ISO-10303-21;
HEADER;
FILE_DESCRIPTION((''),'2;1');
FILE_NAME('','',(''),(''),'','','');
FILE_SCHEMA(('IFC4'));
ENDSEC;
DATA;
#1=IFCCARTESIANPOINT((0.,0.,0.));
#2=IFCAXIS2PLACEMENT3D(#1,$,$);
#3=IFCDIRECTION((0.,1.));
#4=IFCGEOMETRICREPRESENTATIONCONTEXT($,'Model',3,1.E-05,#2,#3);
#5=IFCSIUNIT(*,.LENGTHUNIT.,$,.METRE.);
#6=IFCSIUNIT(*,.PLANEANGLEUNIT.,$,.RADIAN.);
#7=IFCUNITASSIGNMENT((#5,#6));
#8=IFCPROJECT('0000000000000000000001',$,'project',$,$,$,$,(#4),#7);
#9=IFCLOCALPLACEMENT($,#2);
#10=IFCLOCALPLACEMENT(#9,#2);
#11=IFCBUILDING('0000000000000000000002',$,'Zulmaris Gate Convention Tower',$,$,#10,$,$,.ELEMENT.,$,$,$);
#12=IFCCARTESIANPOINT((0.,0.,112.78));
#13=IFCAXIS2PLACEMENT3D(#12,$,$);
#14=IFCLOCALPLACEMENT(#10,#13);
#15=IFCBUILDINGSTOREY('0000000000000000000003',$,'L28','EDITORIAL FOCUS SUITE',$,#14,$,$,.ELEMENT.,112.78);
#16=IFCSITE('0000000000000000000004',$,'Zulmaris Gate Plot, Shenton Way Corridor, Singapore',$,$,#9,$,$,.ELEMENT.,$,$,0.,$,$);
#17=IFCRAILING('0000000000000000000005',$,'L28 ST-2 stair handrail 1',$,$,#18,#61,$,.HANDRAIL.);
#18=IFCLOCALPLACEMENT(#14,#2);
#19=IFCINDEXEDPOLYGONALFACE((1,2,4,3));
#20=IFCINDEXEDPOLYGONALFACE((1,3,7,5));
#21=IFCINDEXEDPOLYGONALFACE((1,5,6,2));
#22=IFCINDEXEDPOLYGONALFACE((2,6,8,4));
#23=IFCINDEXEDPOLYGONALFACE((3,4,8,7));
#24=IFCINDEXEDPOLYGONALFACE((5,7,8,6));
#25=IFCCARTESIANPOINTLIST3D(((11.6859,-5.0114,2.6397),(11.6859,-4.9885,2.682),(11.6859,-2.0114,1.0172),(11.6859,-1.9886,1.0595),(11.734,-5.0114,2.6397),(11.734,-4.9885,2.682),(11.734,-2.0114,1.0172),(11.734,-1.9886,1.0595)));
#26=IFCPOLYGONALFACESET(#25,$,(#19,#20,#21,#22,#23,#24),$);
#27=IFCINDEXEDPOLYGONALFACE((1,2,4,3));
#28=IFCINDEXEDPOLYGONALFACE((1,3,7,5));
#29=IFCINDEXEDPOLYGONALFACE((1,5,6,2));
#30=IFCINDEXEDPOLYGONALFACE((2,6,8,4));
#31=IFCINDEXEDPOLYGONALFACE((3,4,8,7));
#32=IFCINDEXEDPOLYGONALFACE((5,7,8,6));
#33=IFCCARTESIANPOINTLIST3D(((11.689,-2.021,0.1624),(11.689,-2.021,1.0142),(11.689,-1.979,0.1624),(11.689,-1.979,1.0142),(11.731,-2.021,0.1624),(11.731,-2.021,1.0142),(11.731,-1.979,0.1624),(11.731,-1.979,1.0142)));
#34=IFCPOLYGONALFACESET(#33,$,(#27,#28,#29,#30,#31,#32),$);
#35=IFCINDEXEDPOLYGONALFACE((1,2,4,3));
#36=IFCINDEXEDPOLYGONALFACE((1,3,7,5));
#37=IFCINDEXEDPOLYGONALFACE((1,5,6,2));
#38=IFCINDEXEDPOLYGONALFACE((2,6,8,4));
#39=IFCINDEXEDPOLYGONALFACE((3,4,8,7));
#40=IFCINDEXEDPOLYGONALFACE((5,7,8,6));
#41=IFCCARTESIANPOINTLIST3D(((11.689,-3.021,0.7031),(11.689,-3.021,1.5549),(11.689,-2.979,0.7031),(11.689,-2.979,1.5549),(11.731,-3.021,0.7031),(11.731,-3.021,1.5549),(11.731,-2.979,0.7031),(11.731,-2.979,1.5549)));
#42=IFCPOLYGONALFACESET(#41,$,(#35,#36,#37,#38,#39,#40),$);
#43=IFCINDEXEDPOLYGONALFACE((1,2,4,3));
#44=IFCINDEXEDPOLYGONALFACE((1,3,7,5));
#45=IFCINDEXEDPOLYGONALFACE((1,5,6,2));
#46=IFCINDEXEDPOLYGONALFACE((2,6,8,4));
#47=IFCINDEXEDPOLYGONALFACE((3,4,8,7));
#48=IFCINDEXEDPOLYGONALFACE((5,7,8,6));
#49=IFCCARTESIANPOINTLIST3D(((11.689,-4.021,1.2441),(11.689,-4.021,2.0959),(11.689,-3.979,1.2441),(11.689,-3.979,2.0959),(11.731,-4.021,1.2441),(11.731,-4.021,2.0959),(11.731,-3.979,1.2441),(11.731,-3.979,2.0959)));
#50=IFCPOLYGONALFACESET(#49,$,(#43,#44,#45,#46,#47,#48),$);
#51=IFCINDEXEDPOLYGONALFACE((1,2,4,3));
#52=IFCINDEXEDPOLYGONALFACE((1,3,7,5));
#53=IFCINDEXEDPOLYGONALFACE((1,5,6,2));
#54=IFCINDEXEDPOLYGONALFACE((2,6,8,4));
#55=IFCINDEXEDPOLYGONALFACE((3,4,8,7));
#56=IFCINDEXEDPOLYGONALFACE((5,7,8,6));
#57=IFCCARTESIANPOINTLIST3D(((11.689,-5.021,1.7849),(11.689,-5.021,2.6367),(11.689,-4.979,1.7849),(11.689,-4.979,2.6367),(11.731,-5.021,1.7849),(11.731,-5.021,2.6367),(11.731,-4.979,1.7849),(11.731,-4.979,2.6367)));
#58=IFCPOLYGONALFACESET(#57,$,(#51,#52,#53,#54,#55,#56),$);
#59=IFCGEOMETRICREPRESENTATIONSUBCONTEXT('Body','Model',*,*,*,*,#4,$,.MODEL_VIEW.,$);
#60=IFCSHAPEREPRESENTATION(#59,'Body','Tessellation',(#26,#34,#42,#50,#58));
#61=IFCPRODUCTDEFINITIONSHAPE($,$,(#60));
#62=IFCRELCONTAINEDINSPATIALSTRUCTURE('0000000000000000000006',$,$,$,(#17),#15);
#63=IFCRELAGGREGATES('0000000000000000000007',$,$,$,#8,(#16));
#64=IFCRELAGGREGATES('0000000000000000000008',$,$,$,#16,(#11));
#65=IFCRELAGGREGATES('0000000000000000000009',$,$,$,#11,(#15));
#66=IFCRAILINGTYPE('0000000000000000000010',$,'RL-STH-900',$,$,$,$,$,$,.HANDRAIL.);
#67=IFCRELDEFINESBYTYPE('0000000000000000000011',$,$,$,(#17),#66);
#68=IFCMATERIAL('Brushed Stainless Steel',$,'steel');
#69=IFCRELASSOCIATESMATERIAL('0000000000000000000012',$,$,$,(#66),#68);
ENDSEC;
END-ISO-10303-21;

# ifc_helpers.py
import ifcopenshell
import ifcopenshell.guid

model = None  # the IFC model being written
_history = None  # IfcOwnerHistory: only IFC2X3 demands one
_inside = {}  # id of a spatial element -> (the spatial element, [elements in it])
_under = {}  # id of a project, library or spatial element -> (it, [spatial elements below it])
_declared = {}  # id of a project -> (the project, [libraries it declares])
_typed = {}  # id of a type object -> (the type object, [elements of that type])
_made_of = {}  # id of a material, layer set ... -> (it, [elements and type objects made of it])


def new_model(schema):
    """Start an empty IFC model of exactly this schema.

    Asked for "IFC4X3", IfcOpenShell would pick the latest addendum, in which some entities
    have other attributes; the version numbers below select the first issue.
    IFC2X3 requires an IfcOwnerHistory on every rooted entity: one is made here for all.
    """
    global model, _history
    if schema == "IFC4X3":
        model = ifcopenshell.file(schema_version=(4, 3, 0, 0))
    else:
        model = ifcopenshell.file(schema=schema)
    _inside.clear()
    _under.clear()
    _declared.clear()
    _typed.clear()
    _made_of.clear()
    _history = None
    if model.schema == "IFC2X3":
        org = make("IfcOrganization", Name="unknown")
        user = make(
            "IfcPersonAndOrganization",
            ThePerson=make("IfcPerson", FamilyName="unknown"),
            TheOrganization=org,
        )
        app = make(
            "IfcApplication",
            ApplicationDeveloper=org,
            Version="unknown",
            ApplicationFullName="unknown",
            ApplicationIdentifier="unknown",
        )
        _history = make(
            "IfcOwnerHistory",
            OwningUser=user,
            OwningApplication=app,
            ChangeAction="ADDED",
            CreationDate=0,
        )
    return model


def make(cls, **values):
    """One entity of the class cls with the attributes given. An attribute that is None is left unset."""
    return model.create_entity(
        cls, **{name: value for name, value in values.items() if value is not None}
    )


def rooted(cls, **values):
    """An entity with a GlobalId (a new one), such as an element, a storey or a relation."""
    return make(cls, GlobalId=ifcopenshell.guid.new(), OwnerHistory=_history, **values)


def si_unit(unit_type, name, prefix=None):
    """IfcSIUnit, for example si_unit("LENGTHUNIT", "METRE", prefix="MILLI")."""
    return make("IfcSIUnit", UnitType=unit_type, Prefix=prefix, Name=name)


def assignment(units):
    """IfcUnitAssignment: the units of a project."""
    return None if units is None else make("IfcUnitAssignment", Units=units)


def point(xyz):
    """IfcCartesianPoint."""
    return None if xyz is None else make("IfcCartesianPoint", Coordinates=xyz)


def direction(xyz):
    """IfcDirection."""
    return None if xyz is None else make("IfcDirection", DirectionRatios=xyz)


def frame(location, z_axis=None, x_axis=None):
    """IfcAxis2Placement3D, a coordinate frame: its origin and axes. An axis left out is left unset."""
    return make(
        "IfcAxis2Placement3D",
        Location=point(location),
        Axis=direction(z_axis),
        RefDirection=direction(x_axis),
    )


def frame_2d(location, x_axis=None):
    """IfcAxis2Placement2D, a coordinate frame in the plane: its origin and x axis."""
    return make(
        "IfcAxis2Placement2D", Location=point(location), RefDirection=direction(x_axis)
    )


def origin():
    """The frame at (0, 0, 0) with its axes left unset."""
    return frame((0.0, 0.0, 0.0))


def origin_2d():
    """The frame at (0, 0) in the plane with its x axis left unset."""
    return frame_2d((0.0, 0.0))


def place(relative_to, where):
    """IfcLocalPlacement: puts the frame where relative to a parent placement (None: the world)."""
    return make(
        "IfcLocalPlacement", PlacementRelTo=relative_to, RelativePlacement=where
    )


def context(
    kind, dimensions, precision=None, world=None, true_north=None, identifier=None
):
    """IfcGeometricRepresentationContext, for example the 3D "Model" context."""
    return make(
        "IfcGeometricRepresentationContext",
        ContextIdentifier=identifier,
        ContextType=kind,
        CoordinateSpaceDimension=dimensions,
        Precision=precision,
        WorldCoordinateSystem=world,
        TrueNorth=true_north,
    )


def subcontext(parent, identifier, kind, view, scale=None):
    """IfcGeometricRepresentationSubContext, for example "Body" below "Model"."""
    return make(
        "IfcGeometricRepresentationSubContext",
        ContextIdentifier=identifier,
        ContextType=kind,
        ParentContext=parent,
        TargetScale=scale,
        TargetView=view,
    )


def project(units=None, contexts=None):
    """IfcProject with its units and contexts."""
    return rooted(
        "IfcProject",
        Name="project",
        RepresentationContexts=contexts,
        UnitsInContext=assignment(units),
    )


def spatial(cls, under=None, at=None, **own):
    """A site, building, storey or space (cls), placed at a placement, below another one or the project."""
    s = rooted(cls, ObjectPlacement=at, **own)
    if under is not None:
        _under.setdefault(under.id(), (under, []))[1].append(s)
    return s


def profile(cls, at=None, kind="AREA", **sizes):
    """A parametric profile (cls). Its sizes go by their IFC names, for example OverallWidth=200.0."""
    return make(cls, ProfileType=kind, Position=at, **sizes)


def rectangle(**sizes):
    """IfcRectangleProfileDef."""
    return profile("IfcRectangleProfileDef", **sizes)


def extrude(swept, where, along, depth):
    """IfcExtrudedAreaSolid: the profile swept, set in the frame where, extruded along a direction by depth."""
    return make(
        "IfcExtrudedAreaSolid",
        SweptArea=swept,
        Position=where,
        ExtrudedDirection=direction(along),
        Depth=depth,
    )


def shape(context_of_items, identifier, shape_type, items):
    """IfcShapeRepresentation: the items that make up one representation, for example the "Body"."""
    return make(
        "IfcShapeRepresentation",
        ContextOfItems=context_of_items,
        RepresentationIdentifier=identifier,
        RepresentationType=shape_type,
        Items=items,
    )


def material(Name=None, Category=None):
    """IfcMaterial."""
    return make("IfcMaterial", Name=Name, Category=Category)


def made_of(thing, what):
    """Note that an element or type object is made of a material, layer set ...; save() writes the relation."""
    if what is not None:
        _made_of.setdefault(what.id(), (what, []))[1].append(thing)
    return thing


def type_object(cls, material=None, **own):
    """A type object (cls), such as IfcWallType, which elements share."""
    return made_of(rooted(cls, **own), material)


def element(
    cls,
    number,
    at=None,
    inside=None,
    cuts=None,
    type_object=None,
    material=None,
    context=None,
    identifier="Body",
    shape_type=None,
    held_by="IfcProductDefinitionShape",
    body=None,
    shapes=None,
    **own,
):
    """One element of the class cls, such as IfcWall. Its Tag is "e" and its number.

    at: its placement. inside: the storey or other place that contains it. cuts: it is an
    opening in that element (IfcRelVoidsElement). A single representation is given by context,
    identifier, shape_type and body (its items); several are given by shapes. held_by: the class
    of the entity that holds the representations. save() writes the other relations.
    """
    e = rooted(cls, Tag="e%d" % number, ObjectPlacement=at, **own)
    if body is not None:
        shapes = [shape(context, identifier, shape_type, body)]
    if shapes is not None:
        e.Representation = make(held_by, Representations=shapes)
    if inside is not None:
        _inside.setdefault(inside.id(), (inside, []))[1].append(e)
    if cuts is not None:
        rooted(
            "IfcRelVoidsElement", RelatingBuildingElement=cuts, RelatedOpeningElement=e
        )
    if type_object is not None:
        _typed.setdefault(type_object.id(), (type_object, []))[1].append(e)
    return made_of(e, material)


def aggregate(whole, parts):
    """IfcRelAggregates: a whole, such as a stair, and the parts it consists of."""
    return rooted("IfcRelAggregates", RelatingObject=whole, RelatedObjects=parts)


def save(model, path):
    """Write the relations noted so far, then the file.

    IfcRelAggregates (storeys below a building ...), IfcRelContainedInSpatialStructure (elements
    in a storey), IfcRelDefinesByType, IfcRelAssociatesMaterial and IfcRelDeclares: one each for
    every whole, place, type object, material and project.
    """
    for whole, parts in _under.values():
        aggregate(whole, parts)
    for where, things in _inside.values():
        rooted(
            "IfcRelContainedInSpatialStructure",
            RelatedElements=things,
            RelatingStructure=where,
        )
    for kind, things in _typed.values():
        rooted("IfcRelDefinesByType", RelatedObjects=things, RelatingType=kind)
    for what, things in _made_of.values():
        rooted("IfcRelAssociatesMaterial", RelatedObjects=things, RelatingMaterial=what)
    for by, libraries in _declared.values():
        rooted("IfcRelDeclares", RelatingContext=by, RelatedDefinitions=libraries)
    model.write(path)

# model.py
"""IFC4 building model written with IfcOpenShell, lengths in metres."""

from ifc_helpers import new_model, si_unit, direction, frame, origin, origin_2d, place, context, subcontext, project, spatial, rectangle, extrude, material, type_object, element, save


model = new_model("IFC4")

# Units and contexts
model_context = context("Model", 3, precision=1e-05, world=origin(), true_north=direction((0.0, 1.0)))
body_context = subcontext(model_context, "Body", "Model", "MODEL_VIEW")
ifc_project = project(units=[si_unit("LENGTHUNIT", "METRE"), si_unit("PLANEANGLEUNIT", "RADIAN")], contexts=[model_context])

# Site, building, storey
site_placement = place(None, origin())
site = spatial("IfcSite", under=ifc_project, at=site_placement, Name="Zulmaris Gate Plot, Shenton Way Corridor, Singapore", CompositionType="ELEMENT", RefElevation=0.0)
building_placement = place(site_placement, origin())
building = spatial("IfcBuilding", under=site, at=building_placement, Name="Zulmaris Gate Convention Tower", CompositionType="ELEMENT")
storey_placement = place(building_placement, frame((0.0, 0.0, 112.78)))
storey = spatial("IfcBuildingStorey", under=building, at=storey_placement, Name="L28", Description="EDITORIAL FOCUS SUITE", CompositionType="ELEMENT", Elevation=112.78)

# Railing
ifc_material_1 = material(Name="Brushed Stainless Steel", Category="steel")
railing_type_1 = type_object("IfcRailingType", Name="RL-STH-900", PredefinedType="HANDRAIL", material=ifc_material_1)
railing_1_placement = place(storey_placement, frame((11.71, -2.0, 0.1624)))
element("IfcRailing", 1, at=railing_1_placement, inside=storey, type_object=railing_type_1, Name="L28 ST-2 stair handrail 1", PredefinedType="HANDRAIL", context=body_context, shape_type="SweptSolid", body=[
    extrude(rectangle(XDim=0.0481, YDim=0.0481, at=origin_2d()), frame((0.0, 0.0, 0.876), z_axis=(0.0, -0.879592, 0.47573), x_axis=(1.0, 0.0, 0.0)), (0.0, 0.0, 1.0), 3.4106),
    extrude(rectangle(XDim=0.042, YDim=0.042, at=origin_2d()), origin(), (0.0, 0.0, 1.0), 0.8518),
    extrude(rectangle(XDim=0.042, YDim=0.042, at=origin_2d()), frame((0.0, -1.0, 0.5408)), (0.0, 0.0, 1.0), 0.8518),
    extrude(rectangle(XDim=0.042, YDim=0.042, at=origin_2d()), frame((0.0, -2.0, 1.0818)), (0.0, 0.0, 1.0), 0.8518),
    extrude(rectangle(XDim=0.042, YDim=0.042, at=origin_2d()), frame((0.0, -3.0, 1.6226)), (0.0, 0.0, 1.0), 0.8518),
])

save(model, "model.ifc")
